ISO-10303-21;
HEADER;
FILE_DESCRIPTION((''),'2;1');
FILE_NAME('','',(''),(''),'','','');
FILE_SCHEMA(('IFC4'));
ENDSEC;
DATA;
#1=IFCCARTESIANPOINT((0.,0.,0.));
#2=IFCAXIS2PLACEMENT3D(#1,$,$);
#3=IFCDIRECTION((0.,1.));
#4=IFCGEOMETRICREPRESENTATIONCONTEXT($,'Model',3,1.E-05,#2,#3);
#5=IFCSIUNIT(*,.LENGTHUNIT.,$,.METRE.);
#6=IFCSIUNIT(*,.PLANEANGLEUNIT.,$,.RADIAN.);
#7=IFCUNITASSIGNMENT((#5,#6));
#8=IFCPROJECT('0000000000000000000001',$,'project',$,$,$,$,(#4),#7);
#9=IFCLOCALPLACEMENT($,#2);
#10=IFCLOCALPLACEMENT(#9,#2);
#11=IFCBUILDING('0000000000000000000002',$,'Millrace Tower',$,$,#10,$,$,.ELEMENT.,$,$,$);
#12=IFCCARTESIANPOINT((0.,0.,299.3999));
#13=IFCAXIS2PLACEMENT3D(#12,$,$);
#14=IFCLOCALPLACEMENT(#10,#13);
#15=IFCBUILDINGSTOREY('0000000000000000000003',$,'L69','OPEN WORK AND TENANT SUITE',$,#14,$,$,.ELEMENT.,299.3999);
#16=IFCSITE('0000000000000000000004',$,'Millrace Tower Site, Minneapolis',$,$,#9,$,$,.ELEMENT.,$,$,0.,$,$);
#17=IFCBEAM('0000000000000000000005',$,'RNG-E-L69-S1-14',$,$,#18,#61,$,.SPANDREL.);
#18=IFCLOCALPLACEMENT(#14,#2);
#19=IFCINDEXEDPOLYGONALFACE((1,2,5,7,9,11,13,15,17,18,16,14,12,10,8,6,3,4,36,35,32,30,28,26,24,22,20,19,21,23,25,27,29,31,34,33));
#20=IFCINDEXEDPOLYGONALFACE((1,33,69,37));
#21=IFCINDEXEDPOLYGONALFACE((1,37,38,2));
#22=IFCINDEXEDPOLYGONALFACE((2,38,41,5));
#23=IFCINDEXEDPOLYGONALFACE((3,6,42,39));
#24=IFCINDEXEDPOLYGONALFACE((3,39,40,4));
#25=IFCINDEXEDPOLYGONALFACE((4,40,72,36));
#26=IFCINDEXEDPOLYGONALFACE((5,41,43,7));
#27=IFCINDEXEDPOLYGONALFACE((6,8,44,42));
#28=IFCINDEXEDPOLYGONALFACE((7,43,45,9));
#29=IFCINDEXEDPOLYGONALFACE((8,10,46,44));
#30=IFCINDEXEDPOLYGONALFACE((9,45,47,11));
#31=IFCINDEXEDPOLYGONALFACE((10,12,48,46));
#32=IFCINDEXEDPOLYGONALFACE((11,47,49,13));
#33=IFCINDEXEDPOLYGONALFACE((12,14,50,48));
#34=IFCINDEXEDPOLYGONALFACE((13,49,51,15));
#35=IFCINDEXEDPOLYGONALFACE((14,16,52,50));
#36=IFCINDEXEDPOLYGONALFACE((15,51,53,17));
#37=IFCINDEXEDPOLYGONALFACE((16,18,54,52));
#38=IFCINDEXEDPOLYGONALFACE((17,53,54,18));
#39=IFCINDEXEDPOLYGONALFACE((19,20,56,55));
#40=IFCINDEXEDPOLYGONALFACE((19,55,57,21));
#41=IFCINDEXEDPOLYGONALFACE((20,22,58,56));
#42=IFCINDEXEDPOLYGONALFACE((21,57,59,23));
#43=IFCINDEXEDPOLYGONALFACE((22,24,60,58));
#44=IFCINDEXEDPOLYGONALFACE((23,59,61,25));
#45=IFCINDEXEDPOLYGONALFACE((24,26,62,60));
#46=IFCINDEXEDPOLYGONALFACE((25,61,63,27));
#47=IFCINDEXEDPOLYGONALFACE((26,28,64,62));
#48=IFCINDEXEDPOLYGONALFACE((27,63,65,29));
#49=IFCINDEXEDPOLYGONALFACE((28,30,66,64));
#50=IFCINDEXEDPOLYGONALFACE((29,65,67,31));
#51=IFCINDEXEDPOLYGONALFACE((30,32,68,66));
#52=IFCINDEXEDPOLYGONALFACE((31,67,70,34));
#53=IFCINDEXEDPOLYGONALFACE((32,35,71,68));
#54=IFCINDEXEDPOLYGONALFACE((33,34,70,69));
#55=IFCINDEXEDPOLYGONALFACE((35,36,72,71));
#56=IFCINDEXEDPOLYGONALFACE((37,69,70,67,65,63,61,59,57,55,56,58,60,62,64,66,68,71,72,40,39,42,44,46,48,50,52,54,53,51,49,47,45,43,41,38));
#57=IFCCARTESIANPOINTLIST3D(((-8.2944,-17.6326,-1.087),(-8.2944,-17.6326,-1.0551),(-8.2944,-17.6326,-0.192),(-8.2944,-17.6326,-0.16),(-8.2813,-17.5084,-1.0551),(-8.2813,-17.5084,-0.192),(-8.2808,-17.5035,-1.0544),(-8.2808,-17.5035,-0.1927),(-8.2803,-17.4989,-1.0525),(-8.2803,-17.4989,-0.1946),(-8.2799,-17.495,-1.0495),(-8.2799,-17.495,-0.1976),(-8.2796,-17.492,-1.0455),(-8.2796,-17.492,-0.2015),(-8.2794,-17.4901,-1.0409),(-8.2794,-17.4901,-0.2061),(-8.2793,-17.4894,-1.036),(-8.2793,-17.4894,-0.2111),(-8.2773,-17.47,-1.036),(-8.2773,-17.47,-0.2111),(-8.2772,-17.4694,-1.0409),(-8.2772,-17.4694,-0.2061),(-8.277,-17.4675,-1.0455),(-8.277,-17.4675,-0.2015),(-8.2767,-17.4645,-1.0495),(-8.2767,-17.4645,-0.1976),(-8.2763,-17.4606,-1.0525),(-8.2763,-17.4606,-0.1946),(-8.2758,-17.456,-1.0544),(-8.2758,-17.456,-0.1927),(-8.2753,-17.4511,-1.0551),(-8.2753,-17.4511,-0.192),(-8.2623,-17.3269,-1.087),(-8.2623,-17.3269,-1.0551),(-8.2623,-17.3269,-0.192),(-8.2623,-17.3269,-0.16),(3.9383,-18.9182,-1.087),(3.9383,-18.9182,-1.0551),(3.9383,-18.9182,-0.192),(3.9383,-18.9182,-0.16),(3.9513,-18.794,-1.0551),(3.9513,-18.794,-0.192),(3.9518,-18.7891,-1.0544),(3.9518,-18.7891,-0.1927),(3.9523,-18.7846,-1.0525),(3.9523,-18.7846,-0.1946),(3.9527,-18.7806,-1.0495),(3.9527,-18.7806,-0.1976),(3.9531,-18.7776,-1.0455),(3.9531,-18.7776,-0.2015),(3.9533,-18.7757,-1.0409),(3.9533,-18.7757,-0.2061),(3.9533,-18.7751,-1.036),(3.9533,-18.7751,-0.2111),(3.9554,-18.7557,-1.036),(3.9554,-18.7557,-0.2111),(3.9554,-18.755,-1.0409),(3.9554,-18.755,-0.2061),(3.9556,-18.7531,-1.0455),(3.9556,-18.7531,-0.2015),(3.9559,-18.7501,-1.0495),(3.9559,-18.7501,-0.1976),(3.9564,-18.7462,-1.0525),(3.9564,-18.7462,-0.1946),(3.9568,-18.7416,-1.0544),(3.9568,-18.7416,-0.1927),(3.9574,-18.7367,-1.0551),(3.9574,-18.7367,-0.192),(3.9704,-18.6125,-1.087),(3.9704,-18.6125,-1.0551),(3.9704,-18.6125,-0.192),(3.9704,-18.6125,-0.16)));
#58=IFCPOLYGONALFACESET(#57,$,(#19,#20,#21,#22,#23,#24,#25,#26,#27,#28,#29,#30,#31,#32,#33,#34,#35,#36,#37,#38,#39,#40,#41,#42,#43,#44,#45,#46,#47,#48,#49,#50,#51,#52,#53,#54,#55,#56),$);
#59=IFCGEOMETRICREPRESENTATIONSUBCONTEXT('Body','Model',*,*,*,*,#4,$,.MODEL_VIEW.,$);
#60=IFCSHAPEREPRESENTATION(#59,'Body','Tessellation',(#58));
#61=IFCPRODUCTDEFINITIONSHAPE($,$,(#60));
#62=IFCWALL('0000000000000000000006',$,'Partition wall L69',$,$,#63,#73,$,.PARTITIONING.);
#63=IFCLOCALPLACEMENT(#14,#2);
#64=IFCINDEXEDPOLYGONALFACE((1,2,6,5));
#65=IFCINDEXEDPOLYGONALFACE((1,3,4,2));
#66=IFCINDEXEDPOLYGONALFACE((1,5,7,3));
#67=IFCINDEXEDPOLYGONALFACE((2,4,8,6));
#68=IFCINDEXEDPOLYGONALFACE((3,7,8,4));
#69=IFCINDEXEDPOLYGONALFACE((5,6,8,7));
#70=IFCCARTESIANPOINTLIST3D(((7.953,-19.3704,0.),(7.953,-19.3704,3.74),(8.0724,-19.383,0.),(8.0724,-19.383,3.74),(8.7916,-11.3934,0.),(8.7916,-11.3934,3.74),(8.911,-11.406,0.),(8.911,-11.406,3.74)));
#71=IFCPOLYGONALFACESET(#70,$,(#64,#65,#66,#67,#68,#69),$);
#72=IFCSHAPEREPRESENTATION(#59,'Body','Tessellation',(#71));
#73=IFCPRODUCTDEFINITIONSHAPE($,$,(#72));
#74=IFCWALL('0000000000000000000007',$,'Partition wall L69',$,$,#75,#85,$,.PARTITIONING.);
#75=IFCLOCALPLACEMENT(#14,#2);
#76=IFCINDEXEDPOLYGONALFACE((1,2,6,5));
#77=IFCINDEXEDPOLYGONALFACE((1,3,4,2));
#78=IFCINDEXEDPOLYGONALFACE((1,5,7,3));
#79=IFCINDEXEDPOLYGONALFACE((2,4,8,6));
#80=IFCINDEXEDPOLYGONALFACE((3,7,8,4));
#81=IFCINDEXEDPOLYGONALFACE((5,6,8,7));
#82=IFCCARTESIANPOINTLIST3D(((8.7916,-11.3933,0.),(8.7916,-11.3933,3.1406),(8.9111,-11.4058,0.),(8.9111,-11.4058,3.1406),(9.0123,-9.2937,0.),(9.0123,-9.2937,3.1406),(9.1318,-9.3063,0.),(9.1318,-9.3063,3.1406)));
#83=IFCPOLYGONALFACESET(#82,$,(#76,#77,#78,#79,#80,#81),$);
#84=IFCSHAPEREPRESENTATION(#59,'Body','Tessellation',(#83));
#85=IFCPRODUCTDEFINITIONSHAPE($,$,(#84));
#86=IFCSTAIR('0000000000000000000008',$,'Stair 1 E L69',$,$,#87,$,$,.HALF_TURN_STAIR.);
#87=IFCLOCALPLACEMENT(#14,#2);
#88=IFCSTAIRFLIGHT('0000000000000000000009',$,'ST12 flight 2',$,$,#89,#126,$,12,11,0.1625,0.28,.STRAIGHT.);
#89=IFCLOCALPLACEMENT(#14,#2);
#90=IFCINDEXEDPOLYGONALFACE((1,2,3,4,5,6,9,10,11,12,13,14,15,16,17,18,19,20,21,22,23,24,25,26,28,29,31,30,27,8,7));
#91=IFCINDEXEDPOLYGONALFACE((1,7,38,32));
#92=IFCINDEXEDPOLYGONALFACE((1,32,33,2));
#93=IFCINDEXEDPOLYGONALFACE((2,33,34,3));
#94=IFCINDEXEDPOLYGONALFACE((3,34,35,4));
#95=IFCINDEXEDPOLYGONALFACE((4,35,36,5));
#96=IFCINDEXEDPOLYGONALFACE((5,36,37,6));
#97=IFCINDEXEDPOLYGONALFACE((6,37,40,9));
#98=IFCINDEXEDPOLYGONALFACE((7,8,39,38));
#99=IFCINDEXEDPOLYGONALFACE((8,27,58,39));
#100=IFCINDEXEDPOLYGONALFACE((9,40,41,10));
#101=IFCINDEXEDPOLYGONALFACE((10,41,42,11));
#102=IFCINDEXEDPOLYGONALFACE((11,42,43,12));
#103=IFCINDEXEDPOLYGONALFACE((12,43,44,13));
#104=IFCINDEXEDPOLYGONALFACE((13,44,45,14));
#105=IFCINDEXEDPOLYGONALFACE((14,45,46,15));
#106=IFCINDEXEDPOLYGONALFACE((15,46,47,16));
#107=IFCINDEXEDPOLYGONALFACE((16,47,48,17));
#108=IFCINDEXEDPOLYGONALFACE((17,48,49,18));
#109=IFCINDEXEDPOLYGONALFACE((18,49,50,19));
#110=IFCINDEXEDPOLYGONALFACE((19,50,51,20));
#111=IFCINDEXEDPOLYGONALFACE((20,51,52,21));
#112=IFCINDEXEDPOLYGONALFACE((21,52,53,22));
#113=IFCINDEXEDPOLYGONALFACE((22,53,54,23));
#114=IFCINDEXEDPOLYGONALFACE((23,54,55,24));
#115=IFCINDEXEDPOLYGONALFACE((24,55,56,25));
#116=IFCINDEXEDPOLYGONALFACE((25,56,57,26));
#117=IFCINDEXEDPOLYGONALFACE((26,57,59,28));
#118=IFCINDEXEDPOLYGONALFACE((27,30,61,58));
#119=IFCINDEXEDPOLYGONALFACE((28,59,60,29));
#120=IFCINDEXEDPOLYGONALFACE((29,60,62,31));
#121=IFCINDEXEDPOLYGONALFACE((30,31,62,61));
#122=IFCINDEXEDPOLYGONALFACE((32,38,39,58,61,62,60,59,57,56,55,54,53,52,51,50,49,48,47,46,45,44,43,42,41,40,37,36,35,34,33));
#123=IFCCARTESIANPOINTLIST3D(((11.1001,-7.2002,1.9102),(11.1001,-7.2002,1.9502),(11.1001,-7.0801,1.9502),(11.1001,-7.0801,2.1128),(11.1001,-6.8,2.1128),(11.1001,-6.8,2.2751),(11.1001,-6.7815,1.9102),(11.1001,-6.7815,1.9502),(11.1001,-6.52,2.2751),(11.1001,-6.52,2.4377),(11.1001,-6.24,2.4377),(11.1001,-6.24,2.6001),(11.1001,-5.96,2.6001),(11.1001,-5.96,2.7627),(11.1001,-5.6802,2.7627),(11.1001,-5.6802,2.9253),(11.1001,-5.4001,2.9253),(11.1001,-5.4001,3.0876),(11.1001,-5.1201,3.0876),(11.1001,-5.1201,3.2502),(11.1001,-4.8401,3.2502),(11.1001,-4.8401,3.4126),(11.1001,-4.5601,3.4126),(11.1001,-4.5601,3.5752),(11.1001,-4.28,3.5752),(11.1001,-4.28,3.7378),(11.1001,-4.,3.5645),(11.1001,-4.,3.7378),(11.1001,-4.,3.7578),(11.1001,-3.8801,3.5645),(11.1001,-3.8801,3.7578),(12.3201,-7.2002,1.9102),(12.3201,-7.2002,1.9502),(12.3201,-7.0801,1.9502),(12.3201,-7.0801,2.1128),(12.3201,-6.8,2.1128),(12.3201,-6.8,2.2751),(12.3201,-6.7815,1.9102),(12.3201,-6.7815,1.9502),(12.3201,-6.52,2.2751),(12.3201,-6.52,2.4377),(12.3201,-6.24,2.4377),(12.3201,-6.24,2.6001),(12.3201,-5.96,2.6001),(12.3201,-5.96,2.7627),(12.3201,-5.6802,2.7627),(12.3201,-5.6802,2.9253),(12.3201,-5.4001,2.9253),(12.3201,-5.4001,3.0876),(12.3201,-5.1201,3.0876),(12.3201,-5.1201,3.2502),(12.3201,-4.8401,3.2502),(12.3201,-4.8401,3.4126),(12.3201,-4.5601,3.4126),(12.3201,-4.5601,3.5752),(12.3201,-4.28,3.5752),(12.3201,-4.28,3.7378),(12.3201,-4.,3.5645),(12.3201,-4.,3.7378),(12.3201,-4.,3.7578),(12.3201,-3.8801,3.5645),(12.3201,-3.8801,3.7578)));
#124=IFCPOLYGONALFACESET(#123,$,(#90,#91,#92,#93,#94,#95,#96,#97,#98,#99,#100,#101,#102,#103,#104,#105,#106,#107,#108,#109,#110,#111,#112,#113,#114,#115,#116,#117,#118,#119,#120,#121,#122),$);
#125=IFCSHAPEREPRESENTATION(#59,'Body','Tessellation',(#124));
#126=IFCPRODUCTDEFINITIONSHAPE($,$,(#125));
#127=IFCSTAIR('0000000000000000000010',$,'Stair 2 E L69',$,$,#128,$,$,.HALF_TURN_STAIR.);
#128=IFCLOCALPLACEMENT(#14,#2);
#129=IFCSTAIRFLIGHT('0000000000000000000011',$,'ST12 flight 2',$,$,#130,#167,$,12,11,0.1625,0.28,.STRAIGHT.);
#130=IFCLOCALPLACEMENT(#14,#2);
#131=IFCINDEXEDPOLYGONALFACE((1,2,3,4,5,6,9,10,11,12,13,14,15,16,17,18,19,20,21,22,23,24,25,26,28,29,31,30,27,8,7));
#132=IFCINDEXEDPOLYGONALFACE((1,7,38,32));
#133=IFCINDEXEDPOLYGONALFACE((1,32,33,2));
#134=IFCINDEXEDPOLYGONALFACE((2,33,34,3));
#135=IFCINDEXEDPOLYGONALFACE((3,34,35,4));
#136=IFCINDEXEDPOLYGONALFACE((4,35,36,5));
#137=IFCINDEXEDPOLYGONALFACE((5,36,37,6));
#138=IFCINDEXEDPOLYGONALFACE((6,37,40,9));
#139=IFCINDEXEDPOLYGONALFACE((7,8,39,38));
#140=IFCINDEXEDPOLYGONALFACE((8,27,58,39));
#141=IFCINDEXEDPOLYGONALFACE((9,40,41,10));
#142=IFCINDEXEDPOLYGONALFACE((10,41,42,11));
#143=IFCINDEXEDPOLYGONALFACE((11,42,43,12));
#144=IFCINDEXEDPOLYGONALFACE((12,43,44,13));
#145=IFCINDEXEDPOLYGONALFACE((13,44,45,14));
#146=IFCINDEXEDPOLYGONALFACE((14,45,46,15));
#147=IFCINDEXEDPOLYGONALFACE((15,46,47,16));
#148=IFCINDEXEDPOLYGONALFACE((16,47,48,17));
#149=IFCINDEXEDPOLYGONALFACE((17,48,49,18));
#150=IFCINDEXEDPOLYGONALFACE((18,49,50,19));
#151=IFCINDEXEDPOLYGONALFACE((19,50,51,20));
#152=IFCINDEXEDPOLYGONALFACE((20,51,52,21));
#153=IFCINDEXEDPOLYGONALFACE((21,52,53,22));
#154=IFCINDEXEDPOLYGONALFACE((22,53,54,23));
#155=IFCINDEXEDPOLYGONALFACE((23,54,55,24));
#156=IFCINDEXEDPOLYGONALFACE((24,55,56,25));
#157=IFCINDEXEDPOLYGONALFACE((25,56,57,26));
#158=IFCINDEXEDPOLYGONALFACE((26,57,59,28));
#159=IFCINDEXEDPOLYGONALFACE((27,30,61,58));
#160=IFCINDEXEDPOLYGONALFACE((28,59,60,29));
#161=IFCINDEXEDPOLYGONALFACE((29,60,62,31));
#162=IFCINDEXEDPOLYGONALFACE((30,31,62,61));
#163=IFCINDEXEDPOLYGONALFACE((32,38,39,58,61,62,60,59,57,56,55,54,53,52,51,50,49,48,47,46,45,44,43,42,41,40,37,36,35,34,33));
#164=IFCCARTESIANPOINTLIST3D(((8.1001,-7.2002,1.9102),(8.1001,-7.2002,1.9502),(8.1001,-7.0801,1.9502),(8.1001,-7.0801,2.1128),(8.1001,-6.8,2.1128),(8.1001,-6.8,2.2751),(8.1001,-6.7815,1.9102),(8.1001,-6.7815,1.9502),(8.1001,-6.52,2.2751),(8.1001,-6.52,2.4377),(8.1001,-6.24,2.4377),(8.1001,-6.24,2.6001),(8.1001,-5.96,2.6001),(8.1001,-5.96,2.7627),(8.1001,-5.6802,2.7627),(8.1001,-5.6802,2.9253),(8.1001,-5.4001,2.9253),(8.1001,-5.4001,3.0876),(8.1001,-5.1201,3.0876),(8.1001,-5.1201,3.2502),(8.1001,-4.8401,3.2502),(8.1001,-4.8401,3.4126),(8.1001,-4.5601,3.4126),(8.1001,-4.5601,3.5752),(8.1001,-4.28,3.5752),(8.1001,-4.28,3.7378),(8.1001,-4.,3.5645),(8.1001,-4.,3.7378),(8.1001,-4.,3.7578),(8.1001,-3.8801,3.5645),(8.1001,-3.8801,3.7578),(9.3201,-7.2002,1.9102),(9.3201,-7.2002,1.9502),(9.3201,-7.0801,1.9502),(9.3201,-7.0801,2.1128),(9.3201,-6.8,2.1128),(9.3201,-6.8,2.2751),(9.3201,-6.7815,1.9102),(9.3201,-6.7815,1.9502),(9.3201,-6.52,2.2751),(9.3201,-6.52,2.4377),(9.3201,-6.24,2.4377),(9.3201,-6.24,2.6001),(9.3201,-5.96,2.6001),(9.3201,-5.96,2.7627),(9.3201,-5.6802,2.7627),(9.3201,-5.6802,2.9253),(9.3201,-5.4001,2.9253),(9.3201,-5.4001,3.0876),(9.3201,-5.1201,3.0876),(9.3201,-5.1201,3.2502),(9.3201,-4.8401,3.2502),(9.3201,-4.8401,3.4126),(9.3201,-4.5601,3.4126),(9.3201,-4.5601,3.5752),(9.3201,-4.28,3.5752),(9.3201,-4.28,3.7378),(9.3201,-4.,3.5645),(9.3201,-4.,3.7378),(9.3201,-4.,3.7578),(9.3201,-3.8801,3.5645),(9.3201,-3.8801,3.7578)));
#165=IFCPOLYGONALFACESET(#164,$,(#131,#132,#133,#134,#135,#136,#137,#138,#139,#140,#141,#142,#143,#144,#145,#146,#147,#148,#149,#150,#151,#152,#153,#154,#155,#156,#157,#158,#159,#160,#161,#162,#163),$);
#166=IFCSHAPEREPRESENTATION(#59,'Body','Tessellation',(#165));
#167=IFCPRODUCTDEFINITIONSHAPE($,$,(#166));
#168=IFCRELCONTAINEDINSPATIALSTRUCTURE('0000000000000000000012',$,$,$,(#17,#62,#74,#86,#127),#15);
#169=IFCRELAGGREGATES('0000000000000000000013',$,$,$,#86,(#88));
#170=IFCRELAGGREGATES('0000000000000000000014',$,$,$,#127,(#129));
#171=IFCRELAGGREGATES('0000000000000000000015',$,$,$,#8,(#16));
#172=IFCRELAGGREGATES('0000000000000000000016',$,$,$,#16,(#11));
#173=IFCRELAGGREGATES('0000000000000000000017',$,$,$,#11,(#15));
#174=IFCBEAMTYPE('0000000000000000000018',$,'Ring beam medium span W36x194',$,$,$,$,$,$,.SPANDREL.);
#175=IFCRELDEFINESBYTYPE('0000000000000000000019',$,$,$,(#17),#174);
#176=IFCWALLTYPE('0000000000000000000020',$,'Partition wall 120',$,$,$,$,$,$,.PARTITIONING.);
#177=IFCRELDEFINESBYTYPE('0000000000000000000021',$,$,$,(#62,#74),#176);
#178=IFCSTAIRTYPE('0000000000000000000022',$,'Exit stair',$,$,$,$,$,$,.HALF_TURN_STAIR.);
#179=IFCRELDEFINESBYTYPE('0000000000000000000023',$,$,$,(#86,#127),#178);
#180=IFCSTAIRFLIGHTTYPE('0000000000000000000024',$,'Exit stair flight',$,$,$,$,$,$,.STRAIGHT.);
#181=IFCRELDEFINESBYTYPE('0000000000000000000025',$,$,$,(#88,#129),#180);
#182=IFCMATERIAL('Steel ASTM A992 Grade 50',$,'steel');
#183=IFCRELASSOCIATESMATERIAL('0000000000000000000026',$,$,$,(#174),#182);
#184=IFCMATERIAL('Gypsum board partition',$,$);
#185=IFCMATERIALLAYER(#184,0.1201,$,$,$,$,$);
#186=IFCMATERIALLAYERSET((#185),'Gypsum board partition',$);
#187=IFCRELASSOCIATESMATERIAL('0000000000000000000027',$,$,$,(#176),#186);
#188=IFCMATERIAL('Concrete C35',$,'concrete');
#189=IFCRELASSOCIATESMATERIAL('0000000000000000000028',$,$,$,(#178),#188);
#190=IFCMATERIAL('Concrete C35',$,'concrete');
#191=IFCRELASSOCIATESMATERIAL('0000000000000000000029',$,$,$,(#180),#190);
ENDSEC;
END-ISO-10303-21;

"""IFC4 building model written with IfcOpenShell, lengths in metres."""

from ifc_helpers import new_model, si_unit, direction, frame, frame_2d, origin, origin_2d, place, context, subcontext, project, spatial, polyline, rectangle, i_section, outline, extrude, material, layer, layer_set, material_profile, profile_set, type_object, element, aggregate, save


model = new_model("IFC4")

# Units and contexts
model_context = context("Model", 3, precision=1e-05, world=origin(), true_north=direction((0.0, 1.0)))
body_context = subcontext(model_context, "Body", "Model", "MODEL_VIEW")
ifc_project = project(units=[si_unit("LENGTHUNIT", "METRE"), si_unit("PLANEANGLEUNIT", "RADIAN")], contexts=[model_context])

# Site, building, storey
site_placement = place(None, origin())
site = spatial("IfcSite", under=ifc_project, at=site_placement, Name="Millrace Tower Site, Minneapolis", CompositionType="ELEMENT", RefElevation=0.0)
building_placement = place(site_placement, origin())
building = spatial("IfcBuilding", under=site, at=building_placement, Name="Millrace Tower", CompositionType="ELEMENT")
storey_placement = place(building_placement, frame((0.0, 0.0, 299.3999)))
storey = spatial("IfcBuildingStorey", under=building, at=storey_placement, Name="L69", Description="OPEN WORK AND TENANT SUITE", CompositionType="ELEMENT", Elevation=299.3999)

# Shared definitions
placement = place(storey_placement, origin())

# Beam
ifc_material_1 = material(Name="Steel ASTM A992 Grade 50", Category="steel")
ifc_material_profile_1 = material_profile(ifc_material_1, i_section(OverallWidth=0.3074, OverallDepth=0.927, WebThickness=0.0195, FlangeThickness=0.032, FilletRadius=0.019, at=origin_2d()))
ifc_profile_set_1 = profile_set([ifc_material_profile_1], Name="Steel ASTM A992 Grade 50")
beam_type_1 = type_object("IfcBeamType", Name="Ring beam medium span W36x194", PredefinedType="SPANDREL", material=ifc_profile_set_1)
beam_1_placement = place(storey_placement, frame((3.9543, -18.7654, -0.6235), z_axis=(-0.994522, 0.104524, 0.0), x_axis=(-0.104524, -0.994522, 0.0)))
element("IfcBeam", 1, at=beam_1_placement, inside=storey, type_object=beam_type_1, Name="RNG-E-L69-S1-14", PredefinedType="SPANDREL", context=body_context, shape_type="SweptSolid", body=[
    extrude(i_section(OverallWidth=0.3074, OverallDepth=0.927, WebThickness=0.0195, FlangeThickness=0.032, FilletRadius=0.019, at=origin_2d()), origin(), (0.0, 0.0, 1.0), 12.3),
])

# Walls
ifc_material_2 = material(Name="Gypsum board partition")
ifc_layer_1 = layer(ifc_material_2, 0.1201)
ifc_layer_set_1 = layer_set([ifc_layer_1], Name="Gypsum board partition")
wall_type = type_object("IfcWallType", Name="Partition wall 120", PredefinedType="PARTITIONING", material=ifc_layer_set_1)
wall_1_placement = place(storey_placement, frame((8.0127, -19.3767, 0.0), z_axis=(0.0, 0.0, 1.0), x_axis=(0.104553, 0.994519, 0.0)))
element("IfcWall", 2, at=wall_1_placement, inside=storey, type_object=wall_type, Name="Partition wall L69", PredefinedType="PARTITIONING", context=body_context, shape_type="SweptSolid", body=[
    extrude(rectangle(XDim=8.021, YDim=0.1201, at=frame_2d((4.0105, 0.0))), origin(), (0.0, 0.0, 1.0), 3.74),
])
wall_2_placement = place(storey_placement, frame((8.8513, -11.3997, 0.0), z_axis=(0.0, 0.0, 1.0), x_axis=(0.10454, 0.994521, 0.0)))
element("IfcWall", 3, at=wall_2_placement, inside=storey, type_object=wall_type, Name="Partition wall L69", PredefinedType="PARTITIONING", context=body_context, shape_type="SweptSolid", body=[
    extrude(rectangle(XDim=2.1111, YDim=0.1201, at=frame_2d((1.0557, 0.0))), origin(), (0.0, 0.0, 1.0), 3.1406),
])

# Stairs, stair flights
ifc_material_3 = material(Name="Concrete C35", Category="concrete")
stair_type = type_object("IfcStairType", Name="Exit stair", PredefinedType="HALF_TURN_STAIR", material=ifc_material_3)
stair_1 = element("IfcStair", 4, at=placement, inside=storey, type_object=stair_type, Name="Stair 1 E L69", PredefinedType="HALF_TURN_STAIR")
ifc_material_4 = material(Name="Concrete C35", Category="concrete")
stair_flight_type = type_object("IfcStairFlightType", Name="Exit stair flight", PredefinedType="STRAIGHT", material=ifc_material_4)
stair_flight_1_placement = place(storey_placement, frame((11.71, -7.0801, 1.9502), z_axis=(0.0, 0.0, 1.0), x_axis=(0.0, 1.0, 0.0)))
stair_flight_1 = element("IfcStairFlight", 5, at=stair_flight_1_placement, type_object=stair_flight_type, Name="ST12 flight 2", NumberOfRisers=12, NumberOfTreads=11, PredefinedType="STRAIGHT", RiserHeight=0.1625, TreadLength=0.28, context=body_context, shape_type="SweptSolid", body=[
    extrude(outline(polyline([(-0.1201, -0.04), (-0.1201, 0.0), (0.0, 0.0), (0.0, 0.1626), (0.28, 0.1626), (0.28, 0.325), (0.5601, 0.325), (0.5601, 0.4875), (0.8401, 0.4875), (0.8401, 0.6499), (1.1201, 0.6499), (1.1201, 0.8125), (1.3999, 0.8125), (1.3999, 0.9751), (1.6799, 0.9751), (1.6799, 1.1375), (1.96, 1.1375), (1.96, 1.3), (2.24, 1.3), (2.24, 1.4624), (2.52, 1.4624), (2.52, 1.625), (2.8, 1.625), (2.8, 1.7876), (3.0801, 1.7876), (3.0801, 1.8076), (3.2, 1.8076), (3.2, 1.6143), (3.0801, 1.6143), (0.2986, 0.0), (0.2986, -0.04), (-0.1201, -0.04)])), frame((0.0, 0.6099, 0.0), z_axis=(0.0, -1.0, 0.0), x_axis=(1.0, 0.0, 0.0)), (0.0, 0.0, 1.0), 1.22),
])
aggregate(stair_1, [stair_flight_1])
stair_2 = element("IfcStair", 6, at=placement, inside=storey, type_object=stair_type, Name="Stair 2 E L69", PredefinedType="HALF_TURN_STAIR")
stair_flight_2_placement = place(storey_placement, frame((8.71, -7.0801, 1.9502), z_axis=(0.0, 0.0, 1.0), x_axis=(0.0, 1.0, 0.0)))
stair_flight_2 = element("IfcStairFlight", 7, at=stair_flight_2_placement, type_object=stair_flight_type, Name="ST12 flight 2", NumberOfRisers=12, NumberOfTreads=11, PredefinedType="STRAIGHT", RiserHeight=0.1625, TreadLength=0.28, context=body_context, shape_type="SweptSolid", body=[
    extrude(outline(polyline([(-0.1201, -0.04), (-0.1201, 0.0), (0.0, 0.0), (0.0, 0.1626), (0.28, 0.1626), (0.28, 0.325), (0.5601, 0.325), (0.5601, 0.4875), (0.8401, 0.4875), (0.8401, 0.6499), (1.1201, 0.6499), (1.1201, 0.8125), (1.3999, 0.8125), (1.3999, 0.9751), (1.6799, 0.9751), (1.6799, 1.1375), (1.96, 1.1375), (1.96, 1.3), (2.24, 1.3), (2.24, 1.4624), (2.52, 1.4624), (2.52, 1.625), (2.8, 1.625), (2.8, 1.7876), (3.0801, 1.7876), (3.0801, 1.8076), (3.2, 1.8076), (3.2, 1.6143), (3.0801, 1.6143), (0.2986, 0.0), (0.2986, -0.04), (-0.1201, -0.04)])), frame((0.0, 0.6099, 0.0), z_axis=(0.0, -1.0, 0.0), x_axis=(1.0, 0.0, 0.0)), (0.0, 0.0, 1.0), 1.22),
])
aggregate(stair_2, [stair_flight_2])

save(model, "model.ifc")
